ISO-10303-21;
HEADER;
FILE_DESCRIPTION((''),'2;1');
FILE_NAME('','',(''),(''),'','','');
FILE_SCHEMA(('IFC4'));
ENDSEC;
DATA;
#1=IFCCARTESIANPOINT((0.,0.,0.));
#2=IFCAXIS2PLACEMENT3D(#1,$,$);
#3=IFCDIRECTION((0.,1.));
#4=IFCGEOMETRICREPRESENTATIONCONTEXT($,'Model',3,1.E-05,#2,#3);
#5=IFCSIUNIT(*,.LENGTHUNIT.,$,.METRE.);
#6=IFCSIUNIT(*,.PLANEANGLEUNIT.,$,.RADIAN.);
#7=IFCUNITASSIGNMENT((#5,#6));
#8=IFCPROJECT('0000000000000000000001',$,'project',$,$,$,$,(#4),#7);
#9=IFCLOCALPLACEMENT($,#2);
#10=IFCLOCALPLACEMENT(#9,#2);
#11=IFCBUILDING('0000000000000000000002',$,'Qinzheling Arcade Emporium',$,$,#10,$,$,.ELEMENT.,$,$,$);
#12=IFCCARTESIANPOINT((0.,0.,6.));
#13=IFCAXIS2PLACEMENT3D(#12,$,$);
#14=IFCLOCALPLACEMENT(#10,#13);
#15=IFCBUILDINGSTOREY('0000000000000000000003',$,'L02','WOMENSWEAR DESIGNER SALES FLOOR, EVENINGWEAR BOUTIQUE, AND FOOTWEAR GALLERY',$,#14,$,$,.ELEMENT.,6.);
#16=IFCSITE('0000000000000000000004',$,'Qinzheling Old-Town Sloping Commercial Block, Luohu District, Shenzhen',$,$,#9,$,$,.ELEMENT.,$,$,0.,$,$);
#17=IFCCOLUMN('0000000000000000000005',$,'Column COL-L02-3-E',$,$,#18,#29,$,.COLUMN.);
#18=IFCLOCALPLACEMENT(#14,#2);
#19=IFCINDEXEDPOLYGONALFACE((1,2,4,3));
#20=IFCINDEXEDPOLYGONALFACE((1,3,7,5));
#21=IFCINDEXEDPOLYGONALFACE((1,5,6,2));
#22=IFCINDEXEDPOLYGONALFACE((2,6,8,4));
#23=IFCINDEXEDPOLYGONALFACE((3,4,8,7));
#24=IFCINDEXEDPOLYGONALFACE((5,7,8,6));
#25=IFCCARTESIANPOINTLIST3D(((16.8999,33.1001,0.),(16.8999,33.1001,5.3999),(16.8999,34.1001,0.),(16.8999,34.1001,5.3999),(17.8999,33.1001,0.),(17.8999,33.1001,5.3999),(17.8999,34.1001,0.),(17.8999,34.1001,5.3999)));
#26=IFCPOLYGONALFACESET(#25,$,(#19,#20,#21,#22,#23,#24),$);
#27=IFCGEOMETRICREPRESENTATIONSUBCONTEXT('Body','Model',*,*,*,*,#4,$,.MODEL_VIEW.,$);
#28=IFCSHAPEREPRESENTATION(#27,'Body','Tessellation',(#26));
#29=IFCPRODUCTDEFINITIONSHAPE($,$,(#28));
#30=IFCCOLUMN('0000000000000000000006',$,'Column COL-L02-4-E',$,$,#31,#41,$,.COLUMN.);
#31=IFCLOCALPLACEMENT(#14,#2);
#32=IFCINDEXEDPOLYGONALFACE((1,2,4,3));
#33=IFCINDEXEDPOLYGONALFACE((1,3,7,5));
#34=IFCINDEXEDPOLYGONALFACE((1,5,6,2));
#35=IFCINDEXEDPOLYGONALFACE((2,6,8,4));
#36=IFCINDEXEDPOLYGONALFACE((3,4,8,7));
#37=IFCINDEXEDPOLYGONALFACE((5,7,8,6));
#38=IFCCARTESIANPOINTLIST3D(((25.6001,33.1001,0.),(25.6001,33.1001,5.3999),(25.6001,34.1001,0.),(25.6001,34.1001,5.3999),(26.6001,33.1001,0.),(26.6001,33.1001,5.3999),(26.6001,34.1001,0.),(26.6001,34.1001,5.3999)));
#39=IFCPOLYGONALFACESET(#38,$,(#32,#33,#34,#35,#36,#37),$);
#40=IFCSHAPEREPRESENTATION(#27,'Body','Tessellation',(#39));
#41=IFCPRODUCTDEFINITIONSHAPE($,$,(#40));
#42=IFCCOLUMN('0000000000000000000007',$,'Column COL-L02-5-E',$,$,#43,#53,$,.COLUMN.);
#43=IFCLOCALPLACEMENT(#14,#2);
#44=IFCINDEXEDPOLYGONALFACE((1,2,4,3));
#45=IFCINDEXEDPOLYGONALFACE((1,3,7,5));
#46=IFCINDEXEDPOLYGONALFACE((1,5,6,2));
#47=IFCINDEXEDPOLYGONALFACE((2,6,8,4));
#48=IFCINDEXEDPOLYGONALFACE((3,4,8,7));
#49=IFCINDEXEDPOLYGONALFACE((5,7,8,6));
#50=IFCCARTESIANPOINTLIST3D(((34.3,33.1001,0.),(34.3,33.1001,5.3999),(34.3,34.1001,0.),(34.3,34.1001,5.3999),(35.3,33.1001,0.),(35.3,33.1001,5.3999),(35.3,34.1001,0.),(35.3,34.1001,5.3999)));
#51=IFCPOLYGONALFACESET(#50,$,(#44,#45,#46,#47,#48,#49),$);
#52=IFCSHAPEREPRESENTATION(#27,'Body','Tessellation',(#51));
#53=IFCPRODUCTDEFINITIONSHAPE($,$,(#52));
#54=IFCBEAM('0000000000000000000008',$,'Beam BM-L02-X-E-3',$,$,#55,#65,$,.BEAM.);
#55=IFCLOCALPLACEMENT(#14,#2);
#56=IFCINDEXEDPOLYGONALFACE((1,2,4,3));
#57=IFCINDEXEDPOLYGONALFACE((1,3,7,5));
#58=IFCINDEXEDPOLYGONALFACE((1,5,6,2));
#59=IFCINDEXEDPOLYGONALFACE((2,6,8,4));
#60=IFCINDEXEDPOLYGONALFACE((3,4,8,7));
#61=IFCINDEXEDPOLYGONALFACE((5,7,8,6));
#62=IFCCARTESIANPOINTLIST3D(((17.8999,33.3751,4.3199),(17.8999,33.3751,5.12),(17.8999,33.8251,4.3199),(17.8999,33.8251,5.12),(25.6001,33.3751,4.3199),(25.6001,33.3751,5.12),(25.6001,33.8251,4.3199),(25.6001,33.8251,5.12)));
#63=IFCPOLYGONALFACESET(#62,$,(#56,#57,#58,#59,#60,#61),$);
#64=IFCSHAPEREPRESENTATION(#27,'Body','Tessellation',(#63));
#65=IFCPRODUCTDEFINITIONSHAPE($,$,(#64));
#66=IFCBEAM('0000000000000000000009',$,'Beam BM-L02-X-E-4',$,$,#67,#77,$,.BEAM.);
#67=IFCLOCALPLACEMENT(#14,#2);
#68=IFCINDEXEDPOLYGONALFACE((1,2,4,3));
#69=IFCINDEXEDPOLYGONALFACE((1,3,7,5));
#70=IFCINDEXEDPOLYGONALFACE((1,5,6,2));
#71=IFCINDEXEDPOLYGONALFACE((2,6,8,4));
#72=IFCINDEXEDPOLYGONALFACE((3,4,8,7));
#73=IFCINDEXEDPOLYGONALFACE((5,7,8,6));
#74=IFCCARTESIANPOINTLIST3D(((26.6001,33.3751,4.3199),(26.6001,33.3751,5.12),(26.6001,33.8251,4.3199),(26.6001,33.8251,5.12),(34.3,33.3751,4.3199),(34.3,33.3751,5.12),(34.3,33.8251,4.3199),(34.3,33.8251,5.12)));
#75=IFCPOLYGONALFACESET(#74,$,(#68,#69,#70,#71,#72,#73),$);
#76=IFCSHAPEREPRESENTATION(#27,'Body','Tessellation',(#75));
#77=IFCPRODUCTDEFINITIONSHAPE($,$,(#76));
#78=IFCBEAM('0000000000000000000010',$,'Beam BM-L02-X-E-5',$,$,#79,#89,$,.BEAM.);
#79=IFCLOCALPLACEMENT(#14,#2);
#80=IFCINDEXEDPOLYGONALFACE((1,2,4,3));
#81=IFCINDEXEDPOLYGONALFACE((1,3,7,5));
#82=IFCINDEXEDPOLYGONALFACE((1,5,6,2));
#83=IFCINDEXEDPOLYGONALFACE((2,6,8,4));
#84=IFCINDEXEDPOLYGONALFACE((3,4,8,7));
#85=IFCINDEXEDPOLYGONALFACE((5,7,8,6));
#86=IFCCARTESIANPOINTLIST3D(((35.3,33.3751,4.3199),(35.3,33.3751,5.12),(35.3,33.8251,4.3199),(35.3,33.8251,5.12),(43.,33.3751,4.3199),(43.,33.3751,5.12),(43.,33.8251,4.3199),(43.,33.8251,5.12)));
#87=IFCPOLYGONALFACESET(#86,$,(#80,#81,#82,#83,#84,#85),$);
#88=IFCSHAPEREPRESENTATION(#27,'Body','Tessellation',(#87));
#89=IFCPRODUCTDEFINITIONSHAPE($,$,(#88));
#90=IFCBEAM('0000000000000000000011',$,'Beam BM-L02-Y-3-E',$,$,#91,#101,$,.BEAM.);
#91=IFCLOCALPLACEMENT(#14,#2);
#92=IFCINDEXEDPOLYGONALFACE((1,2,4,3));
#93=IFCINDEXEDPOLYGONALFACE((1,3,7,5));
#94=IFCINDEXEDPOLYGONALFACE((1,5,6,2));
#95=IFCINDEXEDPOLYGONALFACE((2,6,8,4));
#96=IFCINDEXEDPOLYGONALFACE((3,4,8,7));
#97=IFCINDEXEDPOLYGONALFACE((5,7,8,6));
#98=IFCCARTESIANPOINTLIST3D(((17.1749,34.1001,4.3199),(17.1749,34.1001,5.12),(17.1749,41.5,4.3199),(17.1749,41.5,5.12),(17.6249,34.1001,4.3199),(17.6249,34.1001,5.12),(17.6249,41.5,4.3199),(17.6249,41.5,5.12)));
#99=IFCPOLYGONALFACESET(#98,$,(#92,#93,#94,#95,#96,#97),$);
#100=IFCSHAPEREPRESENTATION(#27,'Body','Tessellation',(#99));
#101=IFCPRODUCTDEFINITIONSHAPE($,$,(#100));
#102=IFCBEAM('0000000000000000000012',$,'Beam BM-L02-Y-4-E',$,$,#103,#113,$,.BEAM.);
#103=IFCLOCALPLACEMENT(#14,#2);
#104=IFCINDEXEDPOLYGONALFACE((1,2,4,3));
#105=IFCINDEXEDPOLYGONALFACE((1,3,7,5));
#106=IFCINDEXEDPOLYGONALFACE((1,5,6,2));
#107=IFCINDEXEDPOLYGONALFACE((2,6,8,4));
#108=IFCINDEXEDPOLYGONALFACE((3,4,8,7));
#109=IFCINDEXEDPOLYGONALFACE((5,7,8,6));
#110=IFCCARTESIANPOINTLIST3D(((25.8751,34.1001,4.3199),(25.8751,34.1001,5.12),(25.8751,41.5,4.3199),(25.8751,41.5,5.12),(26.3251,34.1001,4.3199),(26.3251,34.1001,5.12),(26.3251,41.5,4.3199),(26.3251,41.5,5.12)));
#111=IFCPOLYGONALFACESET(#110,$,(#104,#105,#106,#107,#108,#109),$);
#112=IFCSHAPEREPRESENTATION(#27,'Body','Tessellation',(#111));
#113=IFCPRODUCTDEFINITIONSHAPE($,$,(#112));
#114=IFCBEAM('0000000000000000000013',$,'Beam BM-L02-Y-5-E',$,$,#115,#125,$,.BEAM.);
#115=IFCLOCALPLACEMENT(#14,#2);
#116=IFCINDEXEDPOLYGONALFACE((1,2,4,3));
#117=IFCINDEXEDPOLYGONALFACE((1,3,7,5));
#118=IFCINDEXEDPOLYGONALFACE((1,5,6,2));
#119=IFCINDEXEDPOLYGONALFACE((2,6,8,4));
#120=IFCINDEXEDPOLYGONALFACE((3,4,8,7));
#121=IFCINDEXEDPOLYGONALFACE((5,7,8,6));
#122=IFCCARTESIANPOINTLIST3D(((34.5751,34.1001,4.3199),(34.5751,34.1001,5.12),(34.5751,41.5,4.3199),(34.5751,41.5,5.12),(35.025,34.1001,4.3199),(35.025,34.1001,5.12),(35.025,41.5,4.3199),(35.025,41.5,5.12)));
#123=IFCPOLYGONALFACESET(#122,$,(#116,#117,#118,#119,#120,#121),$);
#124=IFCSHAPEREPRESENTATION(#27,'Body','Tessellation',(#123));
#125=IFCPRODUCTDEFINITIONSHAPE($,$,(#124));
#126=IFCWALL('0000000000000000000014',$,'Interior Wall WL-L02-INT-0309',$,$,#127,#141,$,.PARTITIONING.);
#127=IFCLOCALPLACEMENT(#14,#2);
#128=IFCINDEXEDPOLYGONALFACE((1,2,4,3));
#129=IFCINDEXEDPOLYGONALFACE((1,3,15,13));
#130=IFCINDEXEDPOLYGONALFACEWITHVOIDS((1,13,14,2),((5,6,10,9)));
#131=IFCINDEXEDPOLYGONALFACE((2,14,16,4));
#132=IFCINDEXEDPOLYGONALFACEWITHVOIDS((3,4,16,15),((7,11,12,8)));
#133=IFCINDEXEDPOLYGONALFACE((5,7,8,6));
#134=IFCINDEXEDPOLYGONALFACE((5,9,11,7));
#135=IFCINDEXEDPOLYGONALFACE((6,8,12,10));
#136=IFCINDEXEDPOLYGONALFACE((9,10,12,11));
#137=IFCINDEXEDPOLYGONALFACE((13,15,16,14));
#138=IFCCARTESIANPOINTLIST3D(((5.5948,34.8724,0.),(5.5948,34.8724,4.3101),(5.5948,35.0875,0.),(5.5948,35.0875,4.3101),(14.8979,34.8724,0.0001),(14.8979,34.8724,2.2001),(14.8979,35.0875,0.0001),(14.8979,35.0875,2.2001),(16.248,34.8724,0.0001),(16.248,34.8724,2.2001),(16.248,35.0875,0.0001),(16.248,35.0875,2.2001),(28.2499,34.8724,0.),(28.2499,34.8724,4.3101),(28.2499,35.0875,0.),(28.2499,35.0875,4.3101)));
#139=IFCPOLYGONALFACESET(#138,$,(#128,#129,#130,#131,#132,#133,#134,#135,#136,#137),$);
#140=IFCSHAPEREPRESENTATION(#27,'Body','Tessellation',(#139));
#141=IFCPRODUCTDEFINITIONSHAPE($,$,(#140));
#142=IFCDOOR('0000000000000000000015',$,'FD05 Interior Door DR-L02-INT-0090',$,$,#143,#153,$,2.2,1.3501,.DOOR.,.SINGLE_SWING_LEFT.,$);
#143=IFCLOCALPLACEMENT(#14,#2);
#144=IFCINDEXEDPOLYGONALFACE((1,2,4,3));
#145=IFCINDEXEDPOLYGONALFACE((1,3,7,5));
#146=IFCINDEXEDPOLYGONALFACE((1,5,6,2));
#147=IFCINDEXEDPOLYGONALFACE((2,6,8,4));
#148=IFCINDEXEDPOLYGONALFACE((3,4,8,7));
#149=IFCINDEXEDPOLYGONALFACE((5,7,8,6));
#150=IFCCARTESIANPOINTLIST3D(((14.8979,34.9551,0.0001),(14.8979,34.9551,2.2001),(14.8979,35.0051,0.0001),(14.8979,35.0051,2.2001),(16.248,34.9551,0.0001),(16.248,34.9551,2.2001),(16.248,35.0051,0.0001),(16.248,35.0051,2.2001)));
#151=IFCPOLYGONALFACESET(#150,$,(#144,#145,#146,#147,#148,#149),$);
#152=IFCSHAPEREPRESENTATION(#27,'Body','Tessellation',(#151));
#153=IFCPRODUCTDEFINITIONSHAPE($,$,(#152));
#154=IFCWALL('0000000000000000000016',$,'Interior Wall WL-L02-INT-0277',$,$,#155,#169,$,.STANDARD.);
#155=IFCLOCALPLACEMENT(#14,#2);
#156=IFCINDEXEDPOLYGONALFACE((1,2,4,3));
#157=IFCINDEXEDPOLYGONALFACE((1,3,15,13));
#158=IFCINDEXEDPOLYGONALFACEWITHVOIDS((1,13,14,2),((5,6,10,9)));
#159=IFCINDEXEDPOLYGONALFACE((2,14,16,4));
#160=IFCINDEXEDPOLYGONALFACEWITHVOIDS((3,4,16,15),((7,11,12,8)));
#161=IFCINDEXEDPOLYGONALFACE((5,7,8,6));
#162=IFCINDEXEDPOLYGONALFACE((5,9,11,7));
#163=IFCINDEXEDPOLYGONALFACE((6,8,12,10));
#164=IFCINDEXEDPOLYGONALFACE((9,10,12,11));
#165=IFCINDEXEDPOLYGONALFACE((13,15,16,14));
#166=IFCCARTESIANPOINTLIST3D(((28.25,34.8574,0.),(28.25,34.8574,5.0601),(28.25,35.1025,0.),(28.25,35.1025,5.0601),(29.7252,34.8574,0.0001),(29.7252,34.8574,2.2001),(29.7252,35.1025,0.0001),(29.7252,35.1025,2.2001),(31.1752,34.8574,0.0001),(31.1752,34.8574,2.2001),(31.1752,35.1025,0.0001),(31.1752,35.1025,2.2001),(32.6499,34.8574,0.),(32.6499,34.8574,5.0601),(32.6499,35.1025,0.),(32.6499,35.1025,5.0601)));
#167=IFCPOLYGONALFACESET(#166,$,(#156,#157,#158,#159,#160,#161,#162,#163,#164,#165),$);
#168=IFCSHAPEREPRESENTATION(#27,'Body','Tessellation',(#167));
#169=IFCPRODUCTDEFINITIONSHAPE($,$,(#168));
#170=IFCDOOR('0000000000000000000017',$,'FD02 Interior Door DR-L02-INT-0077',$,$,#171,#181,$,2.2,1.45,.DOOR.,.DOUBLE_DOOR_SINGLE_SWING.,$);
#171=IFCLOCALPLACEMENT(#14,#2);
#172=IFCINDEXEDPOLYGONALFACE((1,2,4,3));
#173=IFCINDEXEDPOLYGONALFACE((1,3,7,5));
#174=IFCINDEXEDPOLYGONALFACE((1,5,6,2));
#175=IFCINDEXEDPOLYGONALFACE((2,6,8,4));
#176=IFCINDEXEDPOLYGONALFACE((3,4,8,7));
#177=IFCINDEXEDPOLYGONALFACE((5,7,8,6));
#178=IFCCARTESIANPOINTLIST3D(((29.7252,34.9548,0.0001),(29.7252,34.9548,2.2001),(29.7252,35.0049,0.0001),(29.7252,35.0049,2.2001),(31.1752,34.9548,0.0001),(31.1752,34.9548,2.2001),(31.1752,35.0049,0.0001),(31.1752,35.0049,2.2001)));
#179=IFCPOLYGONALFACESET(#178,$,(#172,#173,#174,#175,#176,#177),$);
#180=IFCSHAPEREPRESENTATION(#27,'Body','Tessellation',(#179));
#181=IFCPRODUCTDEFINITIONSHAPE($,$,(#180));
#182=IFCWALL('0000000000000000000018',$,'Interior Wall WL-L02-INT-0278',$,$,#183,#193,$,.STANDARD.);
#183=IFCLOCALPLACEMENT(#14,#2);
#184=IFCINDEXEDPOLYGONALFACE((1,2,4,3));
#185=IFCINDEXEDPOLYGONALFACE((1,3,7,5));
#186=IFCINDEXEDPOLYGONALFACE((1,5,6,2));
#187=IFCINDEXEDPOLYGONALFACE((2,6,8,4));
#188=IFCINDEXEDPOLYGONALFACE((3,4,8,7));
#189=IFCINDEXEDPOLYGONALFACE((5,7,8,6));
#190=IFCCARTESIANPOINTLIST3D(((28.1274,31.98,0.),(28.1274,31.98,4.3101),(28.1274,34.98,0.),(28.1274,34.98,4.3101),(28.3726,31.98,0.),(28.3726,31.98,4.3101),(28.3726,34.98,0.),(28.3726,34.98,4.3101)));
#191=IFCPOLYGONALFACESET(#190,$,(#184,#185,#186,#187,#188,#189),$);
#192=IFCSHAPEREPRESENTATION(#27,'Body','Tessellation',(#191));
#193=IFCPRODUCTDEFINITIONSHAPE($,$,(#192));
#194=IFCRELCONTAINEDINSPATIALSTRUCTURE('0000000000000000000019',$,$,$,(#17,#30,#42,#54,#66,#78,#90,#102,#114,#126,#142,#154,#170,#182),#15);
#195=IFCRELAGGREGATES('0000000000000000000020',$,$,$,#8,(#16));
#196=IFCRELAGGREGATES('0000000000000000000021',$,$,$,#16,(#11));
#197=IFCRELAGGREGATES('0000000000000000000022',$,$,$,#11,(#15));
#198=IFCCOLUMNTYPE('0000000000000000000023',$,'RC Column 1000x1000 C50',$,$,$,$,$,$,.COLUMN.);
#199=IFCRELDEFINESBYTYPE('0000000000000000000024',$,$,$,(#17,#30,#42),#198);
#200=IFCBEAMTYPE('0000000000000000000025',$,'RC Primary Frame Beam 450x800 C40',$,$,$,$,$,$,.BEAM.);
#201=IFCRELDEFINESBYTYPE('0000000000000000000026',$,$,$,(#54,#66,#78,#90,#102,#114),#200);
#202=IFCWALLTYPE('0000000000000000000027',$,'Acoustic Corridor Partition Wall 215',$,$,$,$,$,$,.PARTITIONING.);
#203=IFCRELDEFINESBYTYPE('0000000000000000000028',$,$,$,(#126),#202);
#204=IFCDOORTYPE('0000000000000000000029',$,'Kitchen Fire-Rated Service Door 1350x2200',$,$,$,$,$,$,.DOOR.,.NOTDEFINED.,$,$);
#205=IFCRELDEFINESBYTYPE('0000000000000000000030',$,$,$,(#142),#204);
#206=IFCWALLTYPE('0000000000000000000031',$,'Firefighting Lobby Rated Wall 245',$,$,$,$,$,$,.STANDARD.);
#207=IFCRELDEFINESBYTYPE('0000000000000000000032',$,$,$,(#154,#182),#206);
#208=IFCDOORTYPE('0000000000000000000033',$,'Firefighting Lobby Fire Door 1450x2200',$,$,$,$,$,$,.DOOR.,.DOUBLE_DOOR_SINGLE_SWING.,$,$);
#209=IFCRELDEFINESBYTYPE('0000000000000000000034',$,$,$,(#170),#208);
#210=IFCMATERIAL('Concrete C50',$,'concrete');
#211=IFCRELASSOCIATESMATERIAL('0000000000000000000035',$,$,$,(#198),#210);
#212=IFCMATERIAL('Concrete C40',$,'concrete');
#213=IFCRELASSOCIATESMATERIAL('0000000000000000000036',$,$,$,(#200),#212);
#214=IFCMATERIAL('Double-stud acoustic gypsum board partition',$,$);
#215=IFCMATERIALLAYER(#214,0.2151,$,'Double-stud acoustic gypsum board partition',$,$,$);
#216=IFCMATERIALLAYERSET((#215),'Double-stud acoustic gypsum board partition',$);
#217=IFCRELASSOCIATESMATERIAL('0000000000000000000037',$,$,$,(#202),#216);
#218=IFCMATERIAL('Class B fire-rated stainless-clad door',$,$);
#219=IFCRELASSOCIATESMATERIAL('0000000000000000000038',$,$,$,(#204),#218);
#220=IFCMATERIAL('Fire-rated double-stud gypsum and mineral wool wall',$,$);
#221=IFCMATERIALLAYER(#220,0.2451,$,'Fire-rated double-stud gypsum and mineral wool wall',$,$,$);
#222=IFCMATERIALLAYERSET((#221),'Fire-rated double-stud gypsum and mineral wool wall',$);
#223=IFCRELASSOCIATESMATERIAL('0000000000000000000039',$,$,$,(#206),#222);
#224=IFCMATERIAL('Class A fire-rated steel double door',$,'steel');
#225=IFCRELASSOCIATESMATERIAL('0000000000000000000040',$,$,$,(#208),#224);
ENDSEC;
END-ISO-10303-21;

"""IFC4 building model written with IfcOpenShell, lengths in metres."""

from ifc_helpers import new_model, si_unit, direction, frame, frame_2d, origin, origin_2d, place, context, subcontext, project, spatial, rectangle, extrude, material, layer, layer_set, material_profile, profile_set, type_object, element, fill, save


model = new_model("IFC4")

# Units and contexts
model_context = context("Model", 3, precision=1e-05, world=origin(), true_north=direction((0.0, 1.0)))
body_context = subcontext(model_context, "Body", "Model", "MODEL_VIEW")
ifc_project = project(units=[si_unit("LENGTHUNIT", "METRE"), si_unit("PLANEANGLEUNIT", "RADIAN")], contexts=[model_context])

# Site, building, storey
site_placement = place(None, origin())
site = spatial("IfcSite", under=ifc_project, at=site_placement, Name="Qinzheling Old-Town Sloping Commercial Block, Luohu District, Shenzhen", CompositionType="ELEMENT", RefElevation=0.0)
building_placement = place(site_placement, origin())
building = spatial("IfcBuilding", under=site, at=building_placement, Name="Qinzheling Arcade Emporium", CompositionType="ELEMENT")
storey_placement = place(building_placement, frame((0.0, 0.0, 6.0)))
storey = spatial("IfcBuildingStorey", under=building, at=storey_placement, Name="L02", Description="WOMENSWEAR DESIGNER SALES FLOOR, EVENINGWEAR BOUTIQUE, AND FOOTWEAR GALLERY", CompositionType="ELEMENT", Elevation=6.0)

# Columns
ifc_material_1 = material(Name="Concrete C50", Category="concrete")
ifc_material_profile_1 = material_profile(ifc_material_1, rectangle(XDim=1.0, YDim=1.0, at=origin_2d()), Name="RC 1000x1000", Category="concrete")
ifc_profile_set_1 = profile_set([ifc_material_profile_1], Name="Concrete C50")
column_type = type_object("IfcColumnType", Name="RC Column 1000x1000 C50", PredefinedType="COLUMN", material=ifc_profile_set_1)
for number, where, z_axis, x_axis, name in (
    (1, (17.3999, 33.6001, 0.0), (0.0, 0.0, 1.0), (1.0, 0.0, 0.0), "Column COL-L02-3-E"),
    (2, (26.1001, 33.6001, 0.0), (0.0, 0.0, 1.0), (1.0, 0.0, 0.0), "Column COL-L02-4-E"),
    (3, (34.8, 33.6001, 0.0), (0.0, 0.0, 1.0), (1.0, 0.0, 0.0), "Column COL-L02-5-E"),
):
    element("IfcColumn", number, at=place(storey_placement, frame(where, z_axis=z_axis, x_axis=x_axis)), inside=storey, type_object=column_type, Name=name, PredefinedType="COLUMN", context=body_context, shape_type="SweptSolid", body=[
        extrude(rectangle(XDim=1.0, YDim=1.0, at=origin_2d()), origin(), (0.0, 0.0, 1.0), 5.3999),
    ])

# Beams
ifc_material_2 = material(Name="Concrete C40", Category="concrete")
ifc_material_profile_2 = material_profile(ifc_material_2, rectangle(XDim=0.45, YDim=0.8, at=origin_2d()), Name="RC 450x800", Category="concrete")
ifc_profile_set_2 = profile_set([ifc_material_profile_2], Name="Concrete C40")
beam_type = type_object("IfcBeamType", Name="RC Primary Frame Beam 450x800 C40", PredefinedType="BEAM", material=ifc_profile_set_2)
beam_placement = place(storey_placement, frame((17.8999, 33.6001, 4.72), z_axis=(1.0, 0.0, 0.0), x_axis=(0.0, 1.0, 0.0)))
element("IfcBeam", 4, at=beam_placement, inside=storey, type_object=beam_type, Name="Beam BM-L02-X-E-3", PredefinedType="BEAM", context=body_context, shape_type="SweptSolid", body=[
    extrude(rectangle(XDim=0.45, YDim=0.8, at=origin_2d()), origin(), (0.0, 0.0, 1.0), 7.7002),
])
for number, where, z_axis, x_axis, name in (
    (5, (26.6001, 33.6001, 4.72), (1.0, 0.0, 0.0), (0.0, 1.0, 0.0), "Beam BM-L02-X-E-4"),
    (6, (35.3, 33.6001, 4.72), (1.0, 0.0, 0.0), (0.0, 1.0, 0.0), "Beam BM-L02-X-E-5"),
):
    element("IfcBeam", number, at=place(storey_placement, frame(where, z_axis=z_axis, x_axis=x_axis)), inside=storey, type_object=beam_type, Name=name, PredefinedType="BEAM", context=body_context, shape_type="SweptSolid", body=[
        extrude(rectangle(XDim=0.45, YDim=0.8, at=origin_2d()), origin(), (0.0, 0.0, 1.0), 7.7),
    ])
for number, where, z_axis, x_axis, name in (
    (7, (17.3999, 34.1001, 4.72), (0.0, 1.0, 0.0), (-1.0, 0.0, 0.0), "Beam BM-L02-Y-3-E"),
    (8, (26.1001, 34.1001, 4.72), (0.0, 1.0, 0.0), (-1.0, 0.0, 0.0), "Beam BM-L02-Y-4-E"),
    (9, (34.8, 34.1001, 4.72), (0.0, 1.0, 0.0), (-1.0, 0.0, 0.0), "Beam BM-L02-Y-5-E"),
):
    element("IfcBeam", number, at=place(storey_placement, frame(where, z_axis=z_axis, x_axis=x_axis)), inside=storey, type_object=beam_type, Name=name, PredefinedType="BEAM", context=body_context, shape_type="SweptSolid", body=[
        extrude(rectangle(XDim=0.45, YDim=0.8, at=origin_2d()), origin(), (0.0, 0.0, 1.0), 7.3999),
    ])

# Walls, openings, doors
ifc_material_3 = material(Name="Double-stud acoustic gypsum board partition")
ifc_layer_1 = layer(ifc_material_3, 0.2151, Name="Double-stud acoustic gypsum board partition")
ifc_layer_set_1 = layer_set([ifc_layer_1], Name="Double-stud acoustic gypsum board partition")
wall_type_1 = type_object("IfcWallType", Name="Acoustic Corridor Partition Wall 215", PredefinedType="PARTITIONING", material=ifc_layer_set_1)
wall_1_placement = place(storey_placement, frame((28.25, 34.98, 0.0), z_axis=(0.0, 0.0, 1.0), x_axis=(-1.0, 0.0, 0.0)))
wall_1 = element("IfcWall", 10, at=wall_1_placement, inside=storey, type_object=wall_type_1, Name="Interior Wall WL-L02-INT-0309", PredefinedType="PARTITIONING", context=body_context, shape_type="SweptSolid", body=[
    extrude(rectangle(XDim=22.655, YDim=0.2151, at=frame_2d((11.3276, 0.0))), origin(), (0.0, 0.0, 1.0), 4.3101),
])
opening_1_placement = place(wall_1_placement, frame((12.002, 0.0, 0.0)))
opening_1 = element("IfcOpeningElement", 11, at=opening_1_placement, cuts=wall_1, PredefinedType="OPENING", context=body_context, shape_type="SweptSolid", body=[
    extrude(rectangle(XDim=1.3501, YDim=2.2, at=frame_2d((0.675, 1.1001))), frame((0.0, 0.1177, 0.0), z_axis=(0.0, -1.0, 0.0), x_axis=(1.0, 0.0, 0.0)), (0.0, 0.0, 1.0), 0.2351),
])
ifc_material_4 = material(Name="Class B fire-rated stainless-clad door")
door_type_1 = type_object("IfcDoorType", Name="Kitchen Fire-Rated Service Door 1350x2200", OperationType="NOTDEFINED", PredefinedType="DOOR", material=ifc_material_4)
door_1_placement = place(opening_1_placement, origin())
door_1 = element("IfcDoor", 12, at=door_1_placement, inside=storey, type_object=door_type_1, Name="FD05 Interior Door DR-L02-INT-0090", OperationType="SINGLE_SWING_LEFT", OverallHeight=2.2, OverallWidth=1.3501, PredefinedType="DOOR", context=body_context, shape_type="SweptSolid", body=[
    extrude(rectangle(XDim=1.3501, YDim=2.2, at=frame_2d((0.675, 1.1001))), frame((0.0, 0.0249, 0.0), z_axis=(0.0, -1.0, 0.0), x_axis=(1.0, 0.0, 0.0)), (0.0, 0.0, 1.0), 0.05),
])
fill(opening_1, door_1)
ifc_material_5 = material(Name="Fire-rated double-stud gypsum and mineral wool wall")
ifc_layer_2 = layer(ifc_material_5, 0.2451, Name="Fire-rated double-stud gypsum and mineral wool wall")
ifc_layer_set_2 = layer_set([ifc_layer_2], Name="Fire-rated double-stud gypsum and mineral wool wall")
wall_type_2 = type_object("IfcWallType", Name="Firefighting Lobby Rated Wall 245", PredefinedType="STANDARD", material=ifc_layer_set_2)
wall_2_placement = place(storey_placement, frame((28.25, 34.98, 0.0), z_axis=(0.0, 0.0, 1.0), x_axis=(1.0, 0.0, 0.0)))
wall_2 = element("IfcWall", 13, at=wall_2_placement, inside=storey, type_object=wall_type_2, Name="Interior Wall WL-L02-INT-0277", PredefinedType="STANDARD", context=body_context, shape_type="SweptSolid", body=[
    extrude(rectangle(XDim=4.3999, YDim=0.2451, at=frame_2d((2.2, 0.0))), origin(), (0.0, 0.0, 1.0), 5.0601),
])
opening_2_placement = place(wall_2_placement, frame((1.4751, 0.0, 0.0)))
opening_2 = element("IfcOpeningElement", 14, at=opening_2_placement, cuts=wall_2, PredefinedType="OPENING", context=body_context, shape_type="SweptSolid", body=[
    extrude(rectangle(XDim=1.45, YDim=2.2, at=frame_2d((0.7251, 1.1001))), frame((0.0, 0.1326, 0.0), z_axis=(0.0, -1.0, 0.0), x_axis=(1.0, 0.0, 0.0)), (0.0, 0.0, 1.0), 0.2651),
])
ifc_material_6 = material(Name="Class A fire-rated steel double door", Category="steel")
door_type_2 = type_object("IfcDoorType", Name="Firefighting Lobby Fire Door 1450x2200", OperationType="DOUBLE_DOOR_SINGLE_SWING", PredefinedType="DOOR", material=ifc_material_6)
door_2_placement = place(opening_2_placement, origin())
door_2 = element("IfcDoor", 15, at=door_2_placement, inside=storey, type_object=door_type_2, Name="FD02 Interior Door DR-L02-INT-0077", OperationType="DOUBLE_DOOR_SINGLE_SWING", OverallHeight=2.2, OverallWidth=1.45, PredefinedType="DOOR", context=body_context, shape_type="SweptSolid", body=[
    extrude(rectangle(XDim=1.45, YDim=2.2, at=frame_2d((0.7251, 1.1001))), frame((0.0, 0.0249, 0.0), z_axis=(0.0, -1.0, 0.0), x_axis=(1.0, 0.0, 0.0)), (0.0, 0.0, 1.0), 0.05),
])
fill(opening_2, door_2)

# Wall
for number, where, z_axis, x_axis, name in (
    (16, (28.25, 31.98, 0.0), (0.0, 0.0, 1.0), (0.0, 1.0, 0.0), "Interior Wall WL-L02-INT-0278"),
):
    element("IfcWall", number, at=place(storey_placement, frame(where, z_axis=z_axis, x_axis=x_axis)), inside=storey, type_object=wall_type_2, Name=name, PredefinedType="STANDARD", context=body_context, shape_type="SweptSolid", body=[
        extrude(rectangle(XDim=3.0, YDim=0.2451, at=frame_2d((1.5, 0.0))), origin(), (0.0, 0.0, 1.0), 4.3101),
    ])

save(model, "model.ifc")
